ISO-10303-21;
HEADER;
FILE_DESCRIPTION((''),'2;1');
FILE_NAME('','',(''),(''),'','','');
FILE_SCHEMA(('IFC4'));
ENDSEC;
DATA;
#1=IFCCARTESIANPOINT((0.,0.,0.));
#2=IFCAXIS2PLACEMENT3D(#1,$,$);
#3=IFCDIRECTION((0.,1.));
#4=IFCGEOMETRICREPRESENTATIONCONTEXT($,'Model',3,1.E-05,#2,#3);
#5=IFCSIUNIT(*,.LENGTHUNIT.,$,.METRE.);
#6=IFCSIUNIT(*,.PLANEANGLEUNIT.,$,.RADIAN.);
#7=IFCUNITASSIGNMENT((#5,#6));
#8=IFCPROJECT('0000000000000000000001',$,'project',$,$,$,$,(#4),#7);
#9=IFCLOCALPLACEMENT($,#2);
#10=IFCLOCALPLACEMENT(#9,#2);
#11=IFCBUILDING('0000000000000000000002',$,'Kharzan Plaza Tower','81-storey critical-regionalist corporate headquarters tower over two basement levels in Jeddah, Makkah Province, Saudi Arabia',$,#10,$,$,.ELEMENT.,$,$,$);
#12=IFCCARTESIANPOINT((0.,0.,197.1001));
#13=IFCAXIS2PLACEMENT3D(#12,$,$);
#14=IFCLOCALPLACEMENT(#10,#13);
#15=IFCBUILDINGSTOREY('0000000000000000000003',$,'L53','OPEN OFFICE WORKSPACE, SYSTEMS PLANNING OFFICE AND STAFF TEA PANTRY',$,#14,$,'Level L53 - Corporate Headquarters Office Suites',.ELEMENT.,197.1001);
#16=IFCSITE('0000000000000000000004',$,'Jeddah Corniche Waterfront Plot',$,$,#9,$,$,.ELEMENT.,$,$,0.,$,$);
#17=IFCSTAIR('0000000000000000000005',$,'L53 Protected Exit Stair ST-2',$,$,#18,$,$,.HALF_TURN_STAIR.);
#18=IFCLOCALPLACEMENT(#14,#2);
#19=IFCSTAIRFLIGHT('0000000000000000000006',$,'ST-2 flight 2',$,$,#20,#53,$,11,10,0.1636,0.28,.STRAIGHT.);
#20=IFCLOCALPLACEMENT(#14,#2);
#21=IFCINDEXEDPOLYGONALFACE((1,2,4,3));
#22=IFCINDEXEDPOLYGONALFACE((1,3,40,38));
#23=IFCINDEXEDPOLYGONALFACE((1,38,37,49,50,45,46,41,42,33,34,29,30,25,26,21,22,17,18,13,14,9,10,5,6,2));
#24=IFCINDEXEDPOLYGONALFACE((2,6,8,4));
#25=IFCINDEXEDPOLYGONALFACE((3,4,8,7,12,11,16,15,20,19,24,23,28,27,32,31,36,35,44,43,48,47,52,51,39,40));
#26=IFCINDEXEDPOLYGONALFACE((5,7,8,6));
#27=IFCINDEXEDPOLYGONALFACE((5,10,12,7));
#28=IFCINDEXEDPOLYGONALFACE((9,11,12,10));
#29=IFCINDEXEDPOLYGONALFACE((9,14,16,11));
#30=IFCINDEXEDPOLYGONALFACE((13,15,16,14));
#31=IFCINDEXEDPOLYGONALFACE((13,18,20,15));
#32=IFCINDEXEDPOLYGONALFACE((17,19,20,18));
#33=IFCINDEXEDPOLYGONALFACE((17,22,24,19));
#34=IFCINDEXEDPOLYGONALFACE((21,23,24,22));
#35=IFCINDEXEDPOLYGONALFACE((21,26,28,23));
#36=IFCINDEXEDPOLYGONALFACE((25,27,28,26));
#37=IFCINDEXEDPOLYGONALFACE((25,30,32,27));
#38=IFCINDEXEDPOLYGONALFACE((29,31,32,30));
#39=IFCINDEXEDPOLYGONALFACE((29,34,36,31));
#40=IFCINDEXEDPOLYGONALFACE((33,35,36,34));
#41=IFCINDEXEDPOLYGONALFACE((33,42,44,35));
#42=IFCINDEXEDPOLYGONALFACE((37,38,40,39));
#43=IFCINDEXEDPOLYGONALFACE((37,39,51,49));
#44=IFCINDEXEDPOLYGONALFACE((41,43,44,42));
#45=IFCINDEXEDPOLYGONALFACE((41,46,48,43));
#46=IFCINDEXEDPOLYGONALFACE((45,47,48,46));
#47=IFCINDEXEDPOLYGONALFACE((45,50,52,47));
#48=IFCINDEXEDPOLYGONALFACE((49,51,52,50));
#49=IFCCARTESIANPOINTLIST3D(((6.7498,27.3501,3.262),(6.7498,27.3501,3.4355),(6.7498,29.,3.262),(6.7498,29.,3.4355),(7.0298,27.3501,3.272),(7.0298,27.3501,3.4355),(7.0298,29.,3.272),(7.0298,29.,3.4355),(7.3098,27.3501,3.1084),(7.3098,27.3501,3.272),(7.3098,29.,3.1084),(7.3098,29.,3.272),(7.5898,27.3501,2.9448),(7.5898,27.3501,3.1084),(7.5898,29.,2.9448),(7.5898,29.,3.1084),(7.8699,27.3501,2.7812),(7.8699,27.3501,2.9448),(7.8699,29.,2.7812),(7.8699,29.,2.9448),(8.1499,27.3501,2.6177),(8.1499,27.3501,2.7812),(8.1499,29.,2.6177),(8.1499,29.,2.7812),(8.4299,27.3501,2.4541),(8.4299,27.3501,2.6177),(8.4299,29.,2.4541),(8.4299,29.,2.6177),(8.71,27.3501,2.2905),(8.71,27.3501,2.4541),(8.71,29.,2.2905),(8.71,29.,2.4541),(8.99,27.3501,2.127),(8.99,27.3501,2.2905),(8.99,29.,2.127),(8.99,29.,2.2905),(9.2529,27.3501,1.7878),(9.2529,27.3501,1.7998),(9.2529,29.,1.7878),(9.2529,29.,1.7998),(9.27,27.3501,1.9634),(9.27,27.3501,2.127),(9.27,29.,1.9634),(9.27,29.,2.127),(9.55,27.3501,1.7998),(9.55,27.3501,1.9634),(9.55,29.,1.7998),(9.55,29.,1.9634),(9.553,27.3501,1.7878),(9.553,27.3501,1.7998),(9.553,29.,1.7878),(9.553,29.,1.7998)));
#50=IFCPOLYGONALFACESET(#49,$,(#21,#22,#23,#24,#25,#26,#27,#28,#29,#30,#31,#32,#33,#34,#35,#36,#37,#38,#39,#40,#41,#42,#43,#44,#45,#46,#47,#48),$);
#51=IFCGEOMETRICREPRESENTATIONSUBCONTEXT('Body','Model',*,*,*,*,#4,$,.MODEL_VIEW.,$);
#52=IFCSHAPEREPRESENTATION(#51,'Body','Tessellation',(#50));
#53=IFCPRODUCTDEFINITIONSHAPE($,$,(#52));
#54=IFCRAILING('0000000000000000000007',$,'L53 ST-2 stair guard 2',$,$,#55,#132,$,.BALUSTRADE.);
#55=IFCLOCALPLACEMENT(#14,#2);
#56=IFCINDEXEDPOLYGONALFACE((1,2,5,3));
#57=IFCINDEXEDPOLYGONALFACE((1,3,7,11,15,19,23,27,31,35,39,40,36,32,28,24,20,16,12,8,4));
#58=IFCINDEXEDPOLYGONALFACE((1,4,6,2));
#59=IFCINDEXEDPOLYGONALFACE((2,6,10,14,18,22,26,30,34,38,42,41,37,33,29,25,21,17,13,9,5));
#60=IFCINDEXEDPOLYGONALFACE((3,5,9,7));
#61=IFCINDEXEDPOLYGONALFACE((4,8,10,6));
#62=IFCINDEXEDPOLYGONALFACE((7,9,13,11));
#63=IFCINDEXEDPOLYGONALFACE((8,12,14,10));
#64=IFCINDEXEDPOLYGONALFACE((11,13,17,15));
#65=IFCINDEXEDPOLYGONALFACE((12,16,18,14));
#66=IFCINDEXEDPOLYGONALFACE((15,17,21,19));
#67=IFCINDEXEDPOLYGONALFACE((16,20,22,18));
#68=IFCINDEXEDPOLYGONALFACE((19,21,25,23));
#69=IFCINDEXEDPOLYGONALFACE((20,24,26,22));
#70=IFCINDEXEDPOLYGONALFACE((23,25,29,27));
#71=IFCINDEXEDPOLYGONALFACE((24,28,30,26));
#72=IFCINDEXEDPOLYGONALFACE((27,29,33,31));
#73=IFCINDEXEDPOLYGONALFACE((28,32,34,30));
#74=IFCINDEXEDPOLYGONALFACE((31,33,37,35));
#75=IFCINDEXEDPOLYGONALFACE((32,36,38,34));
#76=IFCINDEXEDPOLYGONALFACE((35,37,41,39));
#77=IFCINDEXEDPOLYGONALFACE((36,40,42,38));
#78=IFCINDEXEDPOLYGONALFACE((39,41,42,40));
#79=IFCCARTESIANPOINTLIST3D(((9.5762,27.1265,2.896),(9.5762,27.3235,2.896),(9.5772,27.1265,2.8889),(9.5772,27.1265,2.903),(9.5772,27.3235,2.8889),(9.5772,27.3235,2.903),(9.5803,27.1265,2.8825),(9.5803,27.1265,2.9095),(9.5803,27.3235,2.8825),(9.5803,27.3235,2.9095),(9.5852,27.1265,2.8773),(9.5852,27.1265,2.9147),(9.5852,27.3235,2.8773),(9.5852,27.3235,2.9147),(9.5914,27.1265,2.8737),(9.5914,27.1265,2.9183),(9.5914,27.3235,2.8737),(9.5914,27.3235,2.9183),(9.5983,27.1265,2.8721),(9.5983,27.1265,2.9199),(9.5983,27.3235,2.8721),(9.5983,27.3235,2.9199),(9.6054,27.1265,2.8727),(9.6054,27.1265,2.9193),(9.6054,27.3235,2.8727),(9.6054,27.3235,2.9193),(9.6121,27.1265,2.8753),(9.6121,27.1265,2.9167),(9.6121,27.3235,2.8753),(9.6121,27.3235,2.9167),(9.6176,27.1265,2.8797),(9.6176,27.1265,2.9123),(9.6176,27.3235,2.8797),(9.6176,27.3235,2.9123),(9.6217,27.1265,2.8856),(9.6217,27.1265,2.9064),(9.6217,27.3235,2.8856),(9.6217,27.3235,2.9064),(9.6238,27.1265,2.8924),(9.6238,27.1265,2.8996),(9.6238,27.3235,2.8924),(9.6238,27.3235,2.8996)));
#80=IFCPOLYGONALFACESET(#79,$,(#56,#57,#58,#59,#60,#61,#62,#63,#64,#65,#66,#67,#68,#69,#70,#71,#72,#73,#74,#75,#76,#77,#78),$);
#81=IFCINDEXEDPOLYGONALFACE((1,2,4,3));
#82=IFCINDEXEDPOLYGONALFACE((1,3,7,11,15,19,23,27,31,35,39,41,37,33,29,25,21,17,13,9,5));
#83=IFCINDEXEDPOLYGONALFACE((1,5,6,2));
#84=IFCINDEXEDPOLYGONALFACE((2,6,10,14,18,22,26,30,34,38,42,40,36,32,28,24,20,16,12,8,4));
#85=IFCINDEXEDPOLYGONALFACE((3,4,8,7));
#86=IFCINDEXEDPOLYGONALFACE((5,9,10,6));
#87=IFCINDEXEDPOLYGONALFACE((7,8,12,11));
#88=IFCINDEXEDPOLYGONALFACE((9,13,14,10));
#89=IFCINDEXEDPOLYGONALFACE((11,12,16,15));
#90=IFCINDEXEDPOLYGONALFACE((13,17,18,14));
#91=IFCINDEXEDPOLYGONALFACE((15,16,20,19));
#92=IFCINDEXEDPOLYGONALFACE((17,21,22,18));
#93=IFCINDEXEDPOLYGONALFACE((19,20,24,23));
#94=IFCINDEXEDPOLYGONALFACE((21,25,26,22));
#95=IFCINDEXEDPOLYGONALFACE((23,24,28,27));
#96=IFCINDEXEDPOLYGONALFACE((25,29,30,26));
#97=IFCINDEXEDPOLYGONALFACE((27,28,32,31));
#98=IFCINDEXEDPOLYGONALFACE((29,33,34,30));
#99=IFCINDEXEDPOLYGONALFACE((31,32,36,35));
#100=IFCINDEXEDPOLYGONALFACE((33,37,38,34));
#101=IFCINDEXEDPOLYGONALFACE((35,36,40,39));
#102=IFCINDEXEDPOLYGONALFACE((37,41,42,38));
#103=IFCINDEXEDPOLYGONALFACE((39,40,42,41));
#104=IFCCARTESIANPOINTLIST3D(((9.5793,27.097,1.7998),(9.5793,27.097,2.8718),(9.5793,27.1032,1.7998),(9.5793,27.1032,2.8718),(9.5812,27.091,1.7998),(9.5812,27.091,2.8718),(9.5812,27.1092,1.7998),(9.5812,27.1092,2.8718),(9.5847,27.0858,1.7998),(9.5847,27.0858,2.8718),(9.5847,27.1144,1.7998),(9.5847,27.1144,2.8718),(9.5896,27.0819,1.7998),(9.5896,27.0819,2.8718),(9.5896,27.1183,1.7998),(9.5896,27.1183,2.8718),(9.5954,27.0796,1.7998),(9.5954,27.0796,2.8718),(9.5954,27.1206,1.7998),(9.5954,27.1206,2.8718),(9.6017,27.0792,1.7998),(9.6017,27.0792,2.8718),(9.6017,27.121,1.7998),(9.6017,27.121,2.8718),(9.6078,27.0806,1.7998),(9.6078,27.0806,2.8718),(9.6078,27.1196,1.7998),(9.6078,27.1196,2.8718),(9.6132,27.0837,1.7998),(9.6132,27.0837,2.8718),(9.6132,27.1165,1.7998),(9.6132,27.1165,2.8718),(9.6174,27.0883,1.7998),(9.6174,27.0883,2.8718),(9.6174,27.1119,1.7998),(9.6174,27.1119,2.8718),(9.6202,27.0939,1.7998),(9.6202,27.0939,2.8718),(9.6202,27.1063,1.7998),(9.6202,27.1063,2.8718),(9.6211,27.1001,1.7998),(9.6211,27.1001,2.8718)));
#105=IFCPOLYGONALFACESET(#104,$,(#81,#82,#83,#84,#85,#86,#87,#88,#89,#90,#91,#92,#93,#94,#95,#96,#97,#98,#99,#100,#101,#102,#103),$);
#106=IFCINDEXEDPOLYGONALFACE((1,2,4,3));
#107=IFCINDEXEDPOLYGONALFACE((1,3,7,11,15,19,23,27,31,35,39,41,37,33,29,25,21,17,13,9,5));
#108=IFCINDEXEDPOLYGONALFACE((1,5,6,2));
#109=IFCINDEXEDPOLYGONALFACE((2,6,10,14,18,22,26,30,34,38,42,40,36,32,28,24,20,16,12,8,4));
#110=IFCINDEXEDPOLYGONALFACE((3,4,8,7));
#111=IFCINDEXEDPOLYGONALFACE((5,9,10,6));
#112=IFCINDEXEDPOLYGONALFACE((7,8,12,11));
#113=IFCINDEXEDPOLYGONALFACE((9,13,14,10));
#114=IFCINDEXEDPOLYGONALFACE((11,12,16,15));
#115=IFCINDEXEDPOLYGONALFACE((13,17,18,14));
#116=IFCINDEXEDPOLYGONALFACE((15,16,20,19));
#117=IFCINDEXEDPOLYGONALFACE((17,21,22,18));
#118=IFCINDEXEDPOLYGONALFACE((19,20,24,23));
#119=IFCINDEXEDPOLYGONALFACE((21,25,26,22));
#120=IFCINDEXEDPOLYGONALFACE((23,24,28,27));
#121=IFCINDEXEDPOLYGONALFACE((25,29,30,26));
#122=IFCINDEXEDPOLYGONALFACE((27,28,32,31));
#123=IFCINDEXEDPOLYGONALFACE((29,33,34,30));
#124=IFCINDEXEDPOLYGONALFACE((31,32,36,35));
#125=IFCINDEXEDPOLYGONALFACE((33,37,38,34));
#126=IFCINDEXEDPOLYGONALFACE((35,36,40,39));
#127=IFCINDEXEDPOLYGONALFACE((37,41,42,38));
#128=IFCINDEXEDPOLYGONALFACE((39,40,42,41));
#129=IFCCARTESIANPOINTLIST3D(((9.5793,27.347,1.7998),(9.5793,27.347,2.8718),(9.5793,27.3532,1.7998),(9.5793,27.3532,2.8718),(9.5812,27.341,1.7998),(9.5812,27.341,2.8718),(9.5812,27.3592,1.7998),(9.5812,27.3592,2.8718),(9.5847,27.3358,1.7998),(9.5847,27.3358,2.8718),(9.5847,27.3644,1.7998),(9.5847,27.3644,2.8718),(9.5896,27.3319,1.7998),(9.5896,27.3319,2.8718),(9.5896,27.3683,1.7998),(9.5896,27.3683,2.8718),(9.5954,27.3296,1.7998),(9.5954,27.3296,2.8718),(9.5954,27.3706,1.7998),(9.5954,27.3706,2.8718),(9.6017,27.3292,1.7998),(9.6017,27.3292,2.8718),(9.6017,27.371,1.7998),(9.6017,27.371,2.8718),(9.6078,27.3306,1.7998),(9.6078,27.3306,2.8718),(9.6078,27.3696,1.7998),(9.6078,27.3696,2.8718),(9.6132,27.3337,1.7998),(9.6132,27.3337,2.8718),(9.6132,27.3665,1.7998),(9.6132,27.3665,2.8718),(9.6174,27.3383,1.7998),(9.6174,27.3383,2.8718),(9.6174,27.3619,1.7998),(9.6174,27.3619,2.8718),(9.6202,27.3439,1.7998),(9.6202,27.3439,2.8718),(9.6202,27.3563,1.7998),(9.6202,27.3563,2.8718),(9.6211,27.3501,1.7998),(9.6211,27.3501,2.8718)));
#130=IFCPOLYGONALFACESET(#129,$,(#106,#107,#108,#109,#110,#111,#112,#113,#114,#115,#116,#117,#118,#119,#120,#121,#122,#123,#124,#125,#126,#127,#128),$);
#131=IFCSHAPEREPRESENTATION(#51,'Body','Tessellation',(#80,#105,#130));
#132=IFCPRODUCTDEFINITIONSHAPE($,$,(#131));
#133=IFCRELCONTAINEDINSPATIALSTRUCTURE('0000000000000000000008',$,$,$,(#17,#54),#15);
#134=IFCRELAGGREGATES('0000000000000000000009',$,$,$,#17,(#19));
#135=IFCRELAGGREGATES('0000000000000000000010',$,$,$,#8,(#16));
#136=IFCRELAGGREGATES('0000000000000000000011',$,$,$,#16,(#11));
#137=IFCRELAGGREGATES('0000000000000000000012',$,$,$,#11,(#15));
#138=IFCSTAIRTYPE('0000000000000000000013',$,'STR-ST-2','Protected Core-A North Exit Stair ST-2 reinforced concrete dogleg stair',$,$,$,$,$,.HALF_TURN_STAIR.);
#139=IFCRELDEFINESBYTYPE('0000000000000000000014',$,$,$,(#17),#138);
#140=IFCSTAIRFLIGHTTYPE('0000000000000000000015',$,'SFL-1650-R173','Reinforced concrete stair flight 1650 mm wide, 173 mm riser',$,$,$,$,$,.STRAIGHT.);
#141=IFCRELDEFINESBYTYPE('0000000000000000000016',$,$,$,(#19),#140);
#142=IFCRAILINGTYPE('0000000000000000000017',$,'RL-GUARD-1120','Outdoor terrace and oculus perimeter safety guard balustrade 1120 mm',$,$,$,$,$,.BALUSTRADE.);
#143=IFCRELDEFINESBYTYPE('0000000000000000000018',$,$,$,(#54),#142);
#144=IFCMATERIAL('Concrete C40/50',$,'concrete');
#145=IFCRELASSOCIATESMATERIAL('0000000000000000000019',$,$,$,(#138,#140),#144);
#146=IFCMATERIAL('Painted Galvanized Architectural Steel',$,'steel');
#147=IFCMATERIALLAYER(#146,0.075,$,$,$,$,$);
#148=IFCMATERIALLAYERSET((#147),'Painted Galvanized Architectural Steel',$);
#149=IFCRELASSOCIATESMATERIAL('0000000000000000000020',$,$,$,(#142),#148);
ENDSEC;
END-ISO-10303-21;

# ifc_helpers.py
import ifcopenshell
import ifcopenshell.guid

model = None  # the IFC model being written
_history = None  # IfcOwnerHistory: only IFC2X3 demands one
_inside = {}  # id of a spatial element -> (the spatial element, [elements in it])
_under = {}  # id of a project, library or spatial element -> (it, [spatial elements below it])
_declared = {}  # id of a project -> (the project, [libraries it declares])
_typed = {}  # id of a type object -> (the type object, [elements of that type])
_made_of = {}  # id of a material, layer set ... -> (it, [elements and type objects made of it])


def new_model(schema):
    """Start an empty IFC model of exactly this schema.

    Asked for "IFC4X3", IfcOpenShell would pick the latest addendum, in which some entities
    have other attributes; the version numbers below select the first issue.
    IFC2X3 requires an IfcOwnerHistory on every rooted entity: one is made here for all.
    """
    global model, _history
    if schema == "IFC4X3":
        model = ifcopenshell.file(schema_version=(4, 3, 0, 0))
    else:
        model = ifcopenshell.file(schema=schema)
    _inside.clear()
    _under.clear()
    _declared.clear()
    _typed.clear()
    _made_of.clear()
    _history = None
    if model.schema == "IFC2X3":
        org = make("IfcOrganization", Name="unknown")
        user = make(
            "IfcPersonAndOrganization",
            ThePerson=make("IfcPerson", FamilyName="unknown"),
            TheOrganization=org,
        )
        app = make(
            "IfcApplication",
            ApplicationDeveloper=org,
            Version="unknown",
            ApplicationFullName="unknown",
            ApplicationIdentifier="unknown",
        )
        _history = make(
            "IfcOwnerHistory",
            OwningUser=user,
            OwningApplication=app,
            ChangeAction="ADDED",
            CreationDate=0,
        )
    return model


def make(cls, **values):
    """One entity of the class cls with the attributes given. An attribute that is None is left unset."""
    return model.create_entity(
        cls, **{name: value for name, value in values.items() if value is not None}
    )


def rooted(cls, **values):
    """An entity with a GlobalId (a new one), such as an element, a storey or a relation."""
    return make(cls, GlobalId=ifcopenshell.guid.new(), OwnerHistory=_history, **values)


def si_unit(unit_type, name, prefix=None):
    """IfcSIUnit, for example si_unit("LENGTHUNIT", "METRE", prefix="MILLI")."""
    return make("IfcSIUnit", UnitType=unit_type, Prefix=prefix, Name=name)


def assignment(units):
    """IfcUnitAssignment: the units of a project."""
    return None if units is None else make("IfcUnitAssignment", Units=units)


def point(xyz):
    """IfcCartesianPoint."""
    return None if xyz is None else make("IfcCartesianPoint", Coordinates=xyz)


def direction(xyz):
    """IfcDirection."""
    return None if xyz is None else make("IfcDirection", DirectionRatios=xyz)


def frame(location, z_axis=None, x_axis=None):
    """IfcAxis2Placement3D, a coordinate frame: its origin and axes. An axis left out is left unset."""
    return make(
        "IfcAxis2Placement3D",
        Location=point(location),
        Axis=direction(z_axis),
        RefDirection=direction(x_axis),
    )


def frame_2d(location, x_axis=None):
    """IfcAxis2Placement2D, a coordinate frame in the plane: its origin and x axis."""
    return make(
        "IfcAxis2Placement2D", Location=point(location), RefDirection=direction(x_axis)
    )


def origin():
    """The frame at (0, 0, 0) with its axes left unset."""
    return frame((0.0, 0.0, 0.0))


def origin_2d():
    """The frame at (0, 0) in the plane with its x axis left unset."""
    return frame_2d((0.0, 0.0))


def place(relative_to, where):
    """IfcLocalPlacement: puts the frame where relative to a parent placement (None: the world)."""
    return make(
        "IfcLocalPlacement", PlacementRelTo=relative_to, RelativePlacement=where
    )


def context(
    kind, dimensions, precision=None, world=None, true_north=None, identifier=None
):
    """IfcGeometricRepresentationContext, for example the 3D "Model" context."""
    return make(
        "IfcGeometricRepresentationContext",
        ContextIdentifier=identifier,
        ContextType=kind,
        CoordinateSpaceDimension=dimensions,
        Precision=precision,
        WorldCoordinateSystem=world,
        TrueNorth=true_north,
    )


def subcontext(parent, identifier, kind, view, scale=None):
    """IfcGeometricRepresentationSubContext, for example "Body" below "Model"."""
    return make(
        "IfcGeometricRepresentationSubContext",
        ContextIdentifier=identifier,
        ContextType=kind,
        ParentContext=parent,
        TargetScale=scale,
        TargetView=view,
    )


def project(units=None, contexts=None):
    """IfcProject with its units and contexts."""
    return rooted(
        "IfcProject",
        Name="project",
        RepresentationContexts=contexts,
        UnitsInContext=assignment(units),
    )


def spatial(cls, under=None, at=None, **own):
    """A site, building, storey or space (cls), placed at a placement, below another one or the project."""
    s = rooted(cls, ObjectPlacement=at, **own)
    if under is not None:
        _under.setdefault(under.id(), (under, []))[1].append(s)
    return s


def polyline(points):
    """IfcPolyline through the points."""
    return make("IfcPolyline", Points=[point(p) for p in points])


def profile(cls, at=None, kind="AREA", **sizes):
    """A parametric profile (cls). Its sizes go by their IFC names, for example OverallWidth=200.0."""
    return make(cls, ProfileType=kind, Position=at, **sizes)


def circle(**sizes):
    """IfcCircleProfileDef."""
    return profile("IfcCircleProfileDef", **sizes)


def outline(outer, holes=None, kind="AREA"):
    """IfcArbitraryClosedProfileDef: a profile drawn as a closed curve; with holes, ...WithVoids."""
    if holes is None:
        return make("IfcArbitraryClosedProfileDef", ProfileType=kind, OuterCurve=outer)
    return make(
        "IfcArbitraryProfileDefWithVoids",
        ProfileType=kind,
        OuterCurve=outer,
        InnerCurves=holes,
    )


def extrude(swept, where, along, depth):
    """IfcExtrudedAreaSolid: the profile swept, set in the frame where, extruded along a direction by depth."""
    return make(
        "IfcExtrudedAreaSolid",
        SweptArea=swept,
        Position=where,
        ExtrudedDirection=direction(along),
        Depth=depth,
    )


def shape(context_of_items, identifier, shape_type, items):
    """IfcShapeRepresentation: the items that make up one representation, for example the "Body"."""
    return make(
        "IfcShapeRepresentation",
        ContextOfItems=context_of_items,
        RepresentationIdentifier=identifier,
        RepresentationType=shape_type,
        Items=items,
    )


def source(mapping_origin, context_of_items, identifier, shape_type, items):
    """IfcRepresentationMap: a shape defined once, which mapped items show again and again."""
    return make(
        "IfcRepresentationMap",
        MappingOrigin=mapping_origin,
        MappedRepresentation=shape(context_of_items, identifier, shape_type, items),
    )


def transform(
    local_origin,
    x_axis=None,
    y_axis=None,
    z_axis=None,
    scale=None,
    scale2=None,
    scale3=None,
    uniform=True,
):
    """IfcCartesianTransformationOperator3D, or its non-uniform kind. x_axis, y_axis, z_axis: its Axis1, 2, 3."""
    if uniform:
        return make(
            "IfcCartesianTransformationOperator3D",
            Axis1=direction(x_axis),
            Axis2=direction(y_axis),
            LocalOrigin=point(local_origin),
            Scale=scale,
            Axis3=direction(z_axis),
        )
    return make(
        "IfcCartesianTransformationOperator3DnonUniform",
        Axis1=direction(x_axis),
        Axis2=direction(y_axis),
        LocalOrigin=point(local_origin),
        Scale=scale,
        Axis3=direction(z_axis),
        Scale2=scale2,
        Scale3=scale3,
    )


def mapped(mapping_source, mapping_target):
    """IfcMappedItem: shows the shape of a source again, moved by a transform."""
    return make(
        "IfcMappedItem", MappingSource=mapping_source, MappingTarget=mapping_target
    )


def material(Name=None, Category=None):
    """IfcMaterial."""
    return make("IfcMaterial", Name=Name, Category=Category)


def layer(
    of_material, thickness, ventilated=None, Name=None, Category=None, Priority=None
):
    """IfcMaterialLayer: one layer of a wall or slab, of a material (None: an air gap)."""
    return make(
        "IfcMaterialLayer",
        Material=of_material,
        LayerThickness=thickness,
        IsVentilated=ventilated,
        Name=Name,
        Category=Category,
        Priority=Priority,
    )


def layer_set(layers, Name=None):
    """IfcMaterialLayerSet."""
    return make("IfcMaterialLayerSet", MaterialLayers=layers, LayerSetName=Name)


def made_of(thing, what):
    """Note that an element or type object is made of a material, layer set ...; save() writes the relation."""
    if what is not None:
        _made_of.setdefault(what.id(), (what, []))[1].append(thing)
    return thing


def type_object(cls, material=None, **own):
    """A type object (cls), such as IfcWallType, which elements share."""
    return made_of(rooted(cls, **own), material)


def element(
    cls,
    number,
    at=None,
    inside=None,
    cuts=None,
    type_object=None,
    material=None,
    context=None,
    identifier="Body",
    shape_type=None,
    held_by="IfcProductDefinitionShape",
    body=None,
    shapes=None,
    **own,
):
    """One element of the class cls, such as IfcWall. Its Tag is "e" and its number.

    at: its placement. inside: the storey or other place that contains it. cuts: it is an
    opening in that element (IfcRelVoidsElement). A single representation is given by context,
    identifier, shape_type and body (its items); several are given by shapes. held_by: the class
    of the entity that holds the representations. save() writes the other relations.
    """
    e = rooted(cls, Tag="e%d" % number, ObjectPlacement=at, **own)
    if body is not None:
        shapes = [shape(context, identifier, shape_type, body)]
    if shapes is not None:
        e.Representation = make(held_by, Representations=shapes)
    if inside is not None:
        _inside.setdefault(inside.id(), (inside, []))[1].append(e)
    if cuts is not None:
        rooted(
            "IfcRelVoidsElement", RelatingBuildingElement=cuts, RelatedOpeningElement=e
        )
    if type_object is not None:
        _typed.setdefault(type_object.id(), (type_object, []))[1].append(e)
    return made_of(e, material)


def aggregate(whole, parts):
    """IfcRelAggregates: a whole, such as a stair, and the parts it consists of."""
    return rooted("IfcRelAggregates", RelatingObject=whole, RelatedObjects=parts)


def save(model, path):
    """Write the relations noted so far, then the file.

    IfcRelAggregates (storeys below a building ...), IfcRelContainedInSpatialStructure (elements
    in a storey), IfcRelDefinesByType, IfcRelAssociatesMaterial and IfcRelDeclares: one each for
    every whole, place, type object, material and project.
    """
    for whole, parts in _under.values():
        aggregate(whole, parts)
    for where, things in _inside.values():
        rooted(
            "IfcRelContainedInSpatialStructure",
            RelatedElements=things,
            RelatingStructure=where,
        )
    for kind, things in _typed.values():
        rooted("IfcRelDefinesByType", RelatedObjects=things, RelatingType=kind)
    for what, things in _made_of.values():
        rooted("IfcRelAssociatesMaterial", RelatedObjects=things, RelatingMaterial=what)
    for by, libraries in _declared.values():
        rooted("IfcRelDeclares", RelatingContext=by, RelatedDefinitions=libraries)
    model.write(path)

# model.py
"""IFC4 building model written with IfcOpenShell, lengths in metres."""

from ifc_helpers import new_model, si_unit, direction, frame, origin, origin_2d, place, context, subcontext, project, spatial, polyline, circle, outline, extrude, source, transform, mapped, material, layer, layer_set, type_object, element, aggregate, save


model = new_model("IFC4")

# Units and contexts
model_context = context("Model", 3, precision=1e-05, world=origin(), true_north=direction((0.0, 1.0)))
body_context = subcontext(model_context, "Body", "Model", "MODEL_VIEW")
ifc_project = project(units=[si_unit("LENGTHUNIT", "METRE"), si_unit("PLANEANGLEUNIT", "RADIAN")], contexts=[model_context])

# Site, building, storey
site_placement = place(None, origin())
site = spatial("IfcSite", under=ifc_project, at=site_placement, Name="Jeddah Corniche Waterfront Plot", CompositionType="ELEMENT", RefElevation=0.0)
building_placement = place(site_placement, origin())
building = spatial("IfcBuilding", under=site, at=building_placement, Name="Kharzan Plaza Tower", Description="81-storey critical-regionalist corporate headquarters tower over two basement levels in Jeddah, Makkah Province, Saudi Arabia", CompositionType="ELEMENT")
storey_placement = place(building_placement, frame((0.0, 0.0, 197.1001)))
storey = spatial("IfcBuildingStorey", under=building, at=storey_placement, Name="L53", Description="OPEN OFFICE WORKSPACE, SYSTEMS PLANNING OFFICE AND STAFF TEA PANTRY", LongName="Level L53 - Corporate Headquarters Office Suites", CompositionType="ELEMENT", Elevation=197.1001)

# Shared definitions
ifc_material_1 = material(Name="Concrete C40/50", Category="concrete")

# Stair, stair flight
stair_type = type_object("IfcStairType", Name="STR-ST-2", Description="Protected Core-A North Exit Stair ST-2 reinforced concrete dogleg stair", PredefinedType="HALF_TURN_STAIR", material=ifc_material_1)
stair_placement = place(storey_placement, origin())
stair = element("IfcStair", 1, at=stair_placement, inside=storey, type_object=stair_type, Name="L53 Protected Exit Stair ST-2", PredefinedType="HALF_TURN_STAIR")
stair_flight_type = type_object("IfcStairFlightType", Name="SFL-1650-R173", Description="Reinforced concrete stair flight 1650 mm wide, 173 mm riser", PredefinedType="STRAIGHT", material=ifc_material_1)
shared_shape_1 = source(origin(), body_context, "Body", "SweptSolid", [
    extrude(outline(polyline([(-0.0029, -0.012), (-0.0029, 0.0), (0.0, 0.0), (0.0, 0.1636), (0.28, 0.1636), (0.28, 0.3271), (0.5601, 0.3271), (0.5601, 0.4907), (0.8401, 0.4907), (0.8401, 0.6543), (1.1201, 0.6543), (1.1201, 0.8179), (1.4001, 0.8179), (1.4001, 0.9814), (1.6802, 0.9814), (1.6802, 1.145), (1.9602, 1.145), (1.9602, 1.3086), (2.2402, 1.3086), (2.2402, 1.4722), (2.5203, 1.4722), (2.5203, 1.6357), (2.8003, 1.6357), (2.8003, 1.7993), (2.8003, 1.4622), (0.2971, 0.0), (0.2971, -0.012), (-0.0029, -0.012)])), frame((0.0, 0.825, 0.0), z_axis=(0.0, -1.0, 0.0), x_axis=(1.0, 0.0, 0.0)), (0.0, 0.0, 1.0), 1.6499),
])
stair_flight_placement = place(storey_placement, frame((9.55, 28.175, 1.7998), z_axis=(0.0, 0.0, 1.0), x_axis=(-1.0, 0.0, 0.0)))
stair_flight = element("IfcStairFlight", 2, at=stair_flight_placement, type_object=stair_flight_type, Name="ST-2 flight 2", NumberOfRisers=11, NumberOfTreads=10, PredefinedType="STRAIGHT", RiserHeight=0.1636, TreadLength=0.28, context=body_context, shape_type="MappedRepresentation", body=[
    mapped(shared_shape_1, transform((0.0, 0.0, 0.0), x_axis=(1.0, 0.0, 0.0), y_axis=(0.0, 1.0, 0.0), z_axis=(0.0, 0.0, 1.0))),
])
aggregate(stair, [stair_flight])

# Railing
ifc_material_2 = material(Name="Painted Galvanized Architectural Steel", Category="steel")
ifc_layer_1 = layer(ifc_material_2, 0.075)
ifc_layer_set_1 = layer_set([ifc_layer_1], Name="Painted Galvanized Architectural Steel")
railing_type_1 = type_object("IfcRailingType", Name="RL-GUARD-1120", Description="Outdoor terrace and oculus perimeter safety guard balustrade 1120 mm", PredefinedType="BALUSTRADE", material=ifc_layer_set_1)
shared_shape_2 = source(origin(), body_context, "Body", "SweptSolid", [
    extrude(circle(Radius=0.0239, at=origin_2d()), frame((0.0, 0.0264, 1.0962), z_axis=(0.0, 1.0, 0.0), x_axis=(-1.0, 0.0, 0.0)), (0.0, 0.0, 1.0), 0.197),
    extrude(circle(Radius=0.021, at=origin_2d()), origin(), (0.0, 0.0, 1.0), 1.072),
    extrude(circle(Radius=0.021, at=origin_2d()), frame((0.0, 0.25, 0.0)), (0.0, 0.0, 1.0), 1.072),
])
railing_1_placement = place(storey_placement, frame((9.6001, 27.1001, 1.7998)))
element("IfcRailing", 3, at=railing_1_placement, inside=storey, type_object=railing_type_1, Name="L53 ST-2 stair guard 2", PredefinedType="BALUSTRADE", context=body_context, shape_type="MappedRepresentation", body=[
    mapped(shared_shape_2, transform((0.0, 0.0, 0.0), x_axis=(1.0, 0.0, 0.0), y_axis=(0.0, 1.0, 0.0), z_axis=(0.0, 0.0, 1.0))),
])

save(model, "model.ifc")
